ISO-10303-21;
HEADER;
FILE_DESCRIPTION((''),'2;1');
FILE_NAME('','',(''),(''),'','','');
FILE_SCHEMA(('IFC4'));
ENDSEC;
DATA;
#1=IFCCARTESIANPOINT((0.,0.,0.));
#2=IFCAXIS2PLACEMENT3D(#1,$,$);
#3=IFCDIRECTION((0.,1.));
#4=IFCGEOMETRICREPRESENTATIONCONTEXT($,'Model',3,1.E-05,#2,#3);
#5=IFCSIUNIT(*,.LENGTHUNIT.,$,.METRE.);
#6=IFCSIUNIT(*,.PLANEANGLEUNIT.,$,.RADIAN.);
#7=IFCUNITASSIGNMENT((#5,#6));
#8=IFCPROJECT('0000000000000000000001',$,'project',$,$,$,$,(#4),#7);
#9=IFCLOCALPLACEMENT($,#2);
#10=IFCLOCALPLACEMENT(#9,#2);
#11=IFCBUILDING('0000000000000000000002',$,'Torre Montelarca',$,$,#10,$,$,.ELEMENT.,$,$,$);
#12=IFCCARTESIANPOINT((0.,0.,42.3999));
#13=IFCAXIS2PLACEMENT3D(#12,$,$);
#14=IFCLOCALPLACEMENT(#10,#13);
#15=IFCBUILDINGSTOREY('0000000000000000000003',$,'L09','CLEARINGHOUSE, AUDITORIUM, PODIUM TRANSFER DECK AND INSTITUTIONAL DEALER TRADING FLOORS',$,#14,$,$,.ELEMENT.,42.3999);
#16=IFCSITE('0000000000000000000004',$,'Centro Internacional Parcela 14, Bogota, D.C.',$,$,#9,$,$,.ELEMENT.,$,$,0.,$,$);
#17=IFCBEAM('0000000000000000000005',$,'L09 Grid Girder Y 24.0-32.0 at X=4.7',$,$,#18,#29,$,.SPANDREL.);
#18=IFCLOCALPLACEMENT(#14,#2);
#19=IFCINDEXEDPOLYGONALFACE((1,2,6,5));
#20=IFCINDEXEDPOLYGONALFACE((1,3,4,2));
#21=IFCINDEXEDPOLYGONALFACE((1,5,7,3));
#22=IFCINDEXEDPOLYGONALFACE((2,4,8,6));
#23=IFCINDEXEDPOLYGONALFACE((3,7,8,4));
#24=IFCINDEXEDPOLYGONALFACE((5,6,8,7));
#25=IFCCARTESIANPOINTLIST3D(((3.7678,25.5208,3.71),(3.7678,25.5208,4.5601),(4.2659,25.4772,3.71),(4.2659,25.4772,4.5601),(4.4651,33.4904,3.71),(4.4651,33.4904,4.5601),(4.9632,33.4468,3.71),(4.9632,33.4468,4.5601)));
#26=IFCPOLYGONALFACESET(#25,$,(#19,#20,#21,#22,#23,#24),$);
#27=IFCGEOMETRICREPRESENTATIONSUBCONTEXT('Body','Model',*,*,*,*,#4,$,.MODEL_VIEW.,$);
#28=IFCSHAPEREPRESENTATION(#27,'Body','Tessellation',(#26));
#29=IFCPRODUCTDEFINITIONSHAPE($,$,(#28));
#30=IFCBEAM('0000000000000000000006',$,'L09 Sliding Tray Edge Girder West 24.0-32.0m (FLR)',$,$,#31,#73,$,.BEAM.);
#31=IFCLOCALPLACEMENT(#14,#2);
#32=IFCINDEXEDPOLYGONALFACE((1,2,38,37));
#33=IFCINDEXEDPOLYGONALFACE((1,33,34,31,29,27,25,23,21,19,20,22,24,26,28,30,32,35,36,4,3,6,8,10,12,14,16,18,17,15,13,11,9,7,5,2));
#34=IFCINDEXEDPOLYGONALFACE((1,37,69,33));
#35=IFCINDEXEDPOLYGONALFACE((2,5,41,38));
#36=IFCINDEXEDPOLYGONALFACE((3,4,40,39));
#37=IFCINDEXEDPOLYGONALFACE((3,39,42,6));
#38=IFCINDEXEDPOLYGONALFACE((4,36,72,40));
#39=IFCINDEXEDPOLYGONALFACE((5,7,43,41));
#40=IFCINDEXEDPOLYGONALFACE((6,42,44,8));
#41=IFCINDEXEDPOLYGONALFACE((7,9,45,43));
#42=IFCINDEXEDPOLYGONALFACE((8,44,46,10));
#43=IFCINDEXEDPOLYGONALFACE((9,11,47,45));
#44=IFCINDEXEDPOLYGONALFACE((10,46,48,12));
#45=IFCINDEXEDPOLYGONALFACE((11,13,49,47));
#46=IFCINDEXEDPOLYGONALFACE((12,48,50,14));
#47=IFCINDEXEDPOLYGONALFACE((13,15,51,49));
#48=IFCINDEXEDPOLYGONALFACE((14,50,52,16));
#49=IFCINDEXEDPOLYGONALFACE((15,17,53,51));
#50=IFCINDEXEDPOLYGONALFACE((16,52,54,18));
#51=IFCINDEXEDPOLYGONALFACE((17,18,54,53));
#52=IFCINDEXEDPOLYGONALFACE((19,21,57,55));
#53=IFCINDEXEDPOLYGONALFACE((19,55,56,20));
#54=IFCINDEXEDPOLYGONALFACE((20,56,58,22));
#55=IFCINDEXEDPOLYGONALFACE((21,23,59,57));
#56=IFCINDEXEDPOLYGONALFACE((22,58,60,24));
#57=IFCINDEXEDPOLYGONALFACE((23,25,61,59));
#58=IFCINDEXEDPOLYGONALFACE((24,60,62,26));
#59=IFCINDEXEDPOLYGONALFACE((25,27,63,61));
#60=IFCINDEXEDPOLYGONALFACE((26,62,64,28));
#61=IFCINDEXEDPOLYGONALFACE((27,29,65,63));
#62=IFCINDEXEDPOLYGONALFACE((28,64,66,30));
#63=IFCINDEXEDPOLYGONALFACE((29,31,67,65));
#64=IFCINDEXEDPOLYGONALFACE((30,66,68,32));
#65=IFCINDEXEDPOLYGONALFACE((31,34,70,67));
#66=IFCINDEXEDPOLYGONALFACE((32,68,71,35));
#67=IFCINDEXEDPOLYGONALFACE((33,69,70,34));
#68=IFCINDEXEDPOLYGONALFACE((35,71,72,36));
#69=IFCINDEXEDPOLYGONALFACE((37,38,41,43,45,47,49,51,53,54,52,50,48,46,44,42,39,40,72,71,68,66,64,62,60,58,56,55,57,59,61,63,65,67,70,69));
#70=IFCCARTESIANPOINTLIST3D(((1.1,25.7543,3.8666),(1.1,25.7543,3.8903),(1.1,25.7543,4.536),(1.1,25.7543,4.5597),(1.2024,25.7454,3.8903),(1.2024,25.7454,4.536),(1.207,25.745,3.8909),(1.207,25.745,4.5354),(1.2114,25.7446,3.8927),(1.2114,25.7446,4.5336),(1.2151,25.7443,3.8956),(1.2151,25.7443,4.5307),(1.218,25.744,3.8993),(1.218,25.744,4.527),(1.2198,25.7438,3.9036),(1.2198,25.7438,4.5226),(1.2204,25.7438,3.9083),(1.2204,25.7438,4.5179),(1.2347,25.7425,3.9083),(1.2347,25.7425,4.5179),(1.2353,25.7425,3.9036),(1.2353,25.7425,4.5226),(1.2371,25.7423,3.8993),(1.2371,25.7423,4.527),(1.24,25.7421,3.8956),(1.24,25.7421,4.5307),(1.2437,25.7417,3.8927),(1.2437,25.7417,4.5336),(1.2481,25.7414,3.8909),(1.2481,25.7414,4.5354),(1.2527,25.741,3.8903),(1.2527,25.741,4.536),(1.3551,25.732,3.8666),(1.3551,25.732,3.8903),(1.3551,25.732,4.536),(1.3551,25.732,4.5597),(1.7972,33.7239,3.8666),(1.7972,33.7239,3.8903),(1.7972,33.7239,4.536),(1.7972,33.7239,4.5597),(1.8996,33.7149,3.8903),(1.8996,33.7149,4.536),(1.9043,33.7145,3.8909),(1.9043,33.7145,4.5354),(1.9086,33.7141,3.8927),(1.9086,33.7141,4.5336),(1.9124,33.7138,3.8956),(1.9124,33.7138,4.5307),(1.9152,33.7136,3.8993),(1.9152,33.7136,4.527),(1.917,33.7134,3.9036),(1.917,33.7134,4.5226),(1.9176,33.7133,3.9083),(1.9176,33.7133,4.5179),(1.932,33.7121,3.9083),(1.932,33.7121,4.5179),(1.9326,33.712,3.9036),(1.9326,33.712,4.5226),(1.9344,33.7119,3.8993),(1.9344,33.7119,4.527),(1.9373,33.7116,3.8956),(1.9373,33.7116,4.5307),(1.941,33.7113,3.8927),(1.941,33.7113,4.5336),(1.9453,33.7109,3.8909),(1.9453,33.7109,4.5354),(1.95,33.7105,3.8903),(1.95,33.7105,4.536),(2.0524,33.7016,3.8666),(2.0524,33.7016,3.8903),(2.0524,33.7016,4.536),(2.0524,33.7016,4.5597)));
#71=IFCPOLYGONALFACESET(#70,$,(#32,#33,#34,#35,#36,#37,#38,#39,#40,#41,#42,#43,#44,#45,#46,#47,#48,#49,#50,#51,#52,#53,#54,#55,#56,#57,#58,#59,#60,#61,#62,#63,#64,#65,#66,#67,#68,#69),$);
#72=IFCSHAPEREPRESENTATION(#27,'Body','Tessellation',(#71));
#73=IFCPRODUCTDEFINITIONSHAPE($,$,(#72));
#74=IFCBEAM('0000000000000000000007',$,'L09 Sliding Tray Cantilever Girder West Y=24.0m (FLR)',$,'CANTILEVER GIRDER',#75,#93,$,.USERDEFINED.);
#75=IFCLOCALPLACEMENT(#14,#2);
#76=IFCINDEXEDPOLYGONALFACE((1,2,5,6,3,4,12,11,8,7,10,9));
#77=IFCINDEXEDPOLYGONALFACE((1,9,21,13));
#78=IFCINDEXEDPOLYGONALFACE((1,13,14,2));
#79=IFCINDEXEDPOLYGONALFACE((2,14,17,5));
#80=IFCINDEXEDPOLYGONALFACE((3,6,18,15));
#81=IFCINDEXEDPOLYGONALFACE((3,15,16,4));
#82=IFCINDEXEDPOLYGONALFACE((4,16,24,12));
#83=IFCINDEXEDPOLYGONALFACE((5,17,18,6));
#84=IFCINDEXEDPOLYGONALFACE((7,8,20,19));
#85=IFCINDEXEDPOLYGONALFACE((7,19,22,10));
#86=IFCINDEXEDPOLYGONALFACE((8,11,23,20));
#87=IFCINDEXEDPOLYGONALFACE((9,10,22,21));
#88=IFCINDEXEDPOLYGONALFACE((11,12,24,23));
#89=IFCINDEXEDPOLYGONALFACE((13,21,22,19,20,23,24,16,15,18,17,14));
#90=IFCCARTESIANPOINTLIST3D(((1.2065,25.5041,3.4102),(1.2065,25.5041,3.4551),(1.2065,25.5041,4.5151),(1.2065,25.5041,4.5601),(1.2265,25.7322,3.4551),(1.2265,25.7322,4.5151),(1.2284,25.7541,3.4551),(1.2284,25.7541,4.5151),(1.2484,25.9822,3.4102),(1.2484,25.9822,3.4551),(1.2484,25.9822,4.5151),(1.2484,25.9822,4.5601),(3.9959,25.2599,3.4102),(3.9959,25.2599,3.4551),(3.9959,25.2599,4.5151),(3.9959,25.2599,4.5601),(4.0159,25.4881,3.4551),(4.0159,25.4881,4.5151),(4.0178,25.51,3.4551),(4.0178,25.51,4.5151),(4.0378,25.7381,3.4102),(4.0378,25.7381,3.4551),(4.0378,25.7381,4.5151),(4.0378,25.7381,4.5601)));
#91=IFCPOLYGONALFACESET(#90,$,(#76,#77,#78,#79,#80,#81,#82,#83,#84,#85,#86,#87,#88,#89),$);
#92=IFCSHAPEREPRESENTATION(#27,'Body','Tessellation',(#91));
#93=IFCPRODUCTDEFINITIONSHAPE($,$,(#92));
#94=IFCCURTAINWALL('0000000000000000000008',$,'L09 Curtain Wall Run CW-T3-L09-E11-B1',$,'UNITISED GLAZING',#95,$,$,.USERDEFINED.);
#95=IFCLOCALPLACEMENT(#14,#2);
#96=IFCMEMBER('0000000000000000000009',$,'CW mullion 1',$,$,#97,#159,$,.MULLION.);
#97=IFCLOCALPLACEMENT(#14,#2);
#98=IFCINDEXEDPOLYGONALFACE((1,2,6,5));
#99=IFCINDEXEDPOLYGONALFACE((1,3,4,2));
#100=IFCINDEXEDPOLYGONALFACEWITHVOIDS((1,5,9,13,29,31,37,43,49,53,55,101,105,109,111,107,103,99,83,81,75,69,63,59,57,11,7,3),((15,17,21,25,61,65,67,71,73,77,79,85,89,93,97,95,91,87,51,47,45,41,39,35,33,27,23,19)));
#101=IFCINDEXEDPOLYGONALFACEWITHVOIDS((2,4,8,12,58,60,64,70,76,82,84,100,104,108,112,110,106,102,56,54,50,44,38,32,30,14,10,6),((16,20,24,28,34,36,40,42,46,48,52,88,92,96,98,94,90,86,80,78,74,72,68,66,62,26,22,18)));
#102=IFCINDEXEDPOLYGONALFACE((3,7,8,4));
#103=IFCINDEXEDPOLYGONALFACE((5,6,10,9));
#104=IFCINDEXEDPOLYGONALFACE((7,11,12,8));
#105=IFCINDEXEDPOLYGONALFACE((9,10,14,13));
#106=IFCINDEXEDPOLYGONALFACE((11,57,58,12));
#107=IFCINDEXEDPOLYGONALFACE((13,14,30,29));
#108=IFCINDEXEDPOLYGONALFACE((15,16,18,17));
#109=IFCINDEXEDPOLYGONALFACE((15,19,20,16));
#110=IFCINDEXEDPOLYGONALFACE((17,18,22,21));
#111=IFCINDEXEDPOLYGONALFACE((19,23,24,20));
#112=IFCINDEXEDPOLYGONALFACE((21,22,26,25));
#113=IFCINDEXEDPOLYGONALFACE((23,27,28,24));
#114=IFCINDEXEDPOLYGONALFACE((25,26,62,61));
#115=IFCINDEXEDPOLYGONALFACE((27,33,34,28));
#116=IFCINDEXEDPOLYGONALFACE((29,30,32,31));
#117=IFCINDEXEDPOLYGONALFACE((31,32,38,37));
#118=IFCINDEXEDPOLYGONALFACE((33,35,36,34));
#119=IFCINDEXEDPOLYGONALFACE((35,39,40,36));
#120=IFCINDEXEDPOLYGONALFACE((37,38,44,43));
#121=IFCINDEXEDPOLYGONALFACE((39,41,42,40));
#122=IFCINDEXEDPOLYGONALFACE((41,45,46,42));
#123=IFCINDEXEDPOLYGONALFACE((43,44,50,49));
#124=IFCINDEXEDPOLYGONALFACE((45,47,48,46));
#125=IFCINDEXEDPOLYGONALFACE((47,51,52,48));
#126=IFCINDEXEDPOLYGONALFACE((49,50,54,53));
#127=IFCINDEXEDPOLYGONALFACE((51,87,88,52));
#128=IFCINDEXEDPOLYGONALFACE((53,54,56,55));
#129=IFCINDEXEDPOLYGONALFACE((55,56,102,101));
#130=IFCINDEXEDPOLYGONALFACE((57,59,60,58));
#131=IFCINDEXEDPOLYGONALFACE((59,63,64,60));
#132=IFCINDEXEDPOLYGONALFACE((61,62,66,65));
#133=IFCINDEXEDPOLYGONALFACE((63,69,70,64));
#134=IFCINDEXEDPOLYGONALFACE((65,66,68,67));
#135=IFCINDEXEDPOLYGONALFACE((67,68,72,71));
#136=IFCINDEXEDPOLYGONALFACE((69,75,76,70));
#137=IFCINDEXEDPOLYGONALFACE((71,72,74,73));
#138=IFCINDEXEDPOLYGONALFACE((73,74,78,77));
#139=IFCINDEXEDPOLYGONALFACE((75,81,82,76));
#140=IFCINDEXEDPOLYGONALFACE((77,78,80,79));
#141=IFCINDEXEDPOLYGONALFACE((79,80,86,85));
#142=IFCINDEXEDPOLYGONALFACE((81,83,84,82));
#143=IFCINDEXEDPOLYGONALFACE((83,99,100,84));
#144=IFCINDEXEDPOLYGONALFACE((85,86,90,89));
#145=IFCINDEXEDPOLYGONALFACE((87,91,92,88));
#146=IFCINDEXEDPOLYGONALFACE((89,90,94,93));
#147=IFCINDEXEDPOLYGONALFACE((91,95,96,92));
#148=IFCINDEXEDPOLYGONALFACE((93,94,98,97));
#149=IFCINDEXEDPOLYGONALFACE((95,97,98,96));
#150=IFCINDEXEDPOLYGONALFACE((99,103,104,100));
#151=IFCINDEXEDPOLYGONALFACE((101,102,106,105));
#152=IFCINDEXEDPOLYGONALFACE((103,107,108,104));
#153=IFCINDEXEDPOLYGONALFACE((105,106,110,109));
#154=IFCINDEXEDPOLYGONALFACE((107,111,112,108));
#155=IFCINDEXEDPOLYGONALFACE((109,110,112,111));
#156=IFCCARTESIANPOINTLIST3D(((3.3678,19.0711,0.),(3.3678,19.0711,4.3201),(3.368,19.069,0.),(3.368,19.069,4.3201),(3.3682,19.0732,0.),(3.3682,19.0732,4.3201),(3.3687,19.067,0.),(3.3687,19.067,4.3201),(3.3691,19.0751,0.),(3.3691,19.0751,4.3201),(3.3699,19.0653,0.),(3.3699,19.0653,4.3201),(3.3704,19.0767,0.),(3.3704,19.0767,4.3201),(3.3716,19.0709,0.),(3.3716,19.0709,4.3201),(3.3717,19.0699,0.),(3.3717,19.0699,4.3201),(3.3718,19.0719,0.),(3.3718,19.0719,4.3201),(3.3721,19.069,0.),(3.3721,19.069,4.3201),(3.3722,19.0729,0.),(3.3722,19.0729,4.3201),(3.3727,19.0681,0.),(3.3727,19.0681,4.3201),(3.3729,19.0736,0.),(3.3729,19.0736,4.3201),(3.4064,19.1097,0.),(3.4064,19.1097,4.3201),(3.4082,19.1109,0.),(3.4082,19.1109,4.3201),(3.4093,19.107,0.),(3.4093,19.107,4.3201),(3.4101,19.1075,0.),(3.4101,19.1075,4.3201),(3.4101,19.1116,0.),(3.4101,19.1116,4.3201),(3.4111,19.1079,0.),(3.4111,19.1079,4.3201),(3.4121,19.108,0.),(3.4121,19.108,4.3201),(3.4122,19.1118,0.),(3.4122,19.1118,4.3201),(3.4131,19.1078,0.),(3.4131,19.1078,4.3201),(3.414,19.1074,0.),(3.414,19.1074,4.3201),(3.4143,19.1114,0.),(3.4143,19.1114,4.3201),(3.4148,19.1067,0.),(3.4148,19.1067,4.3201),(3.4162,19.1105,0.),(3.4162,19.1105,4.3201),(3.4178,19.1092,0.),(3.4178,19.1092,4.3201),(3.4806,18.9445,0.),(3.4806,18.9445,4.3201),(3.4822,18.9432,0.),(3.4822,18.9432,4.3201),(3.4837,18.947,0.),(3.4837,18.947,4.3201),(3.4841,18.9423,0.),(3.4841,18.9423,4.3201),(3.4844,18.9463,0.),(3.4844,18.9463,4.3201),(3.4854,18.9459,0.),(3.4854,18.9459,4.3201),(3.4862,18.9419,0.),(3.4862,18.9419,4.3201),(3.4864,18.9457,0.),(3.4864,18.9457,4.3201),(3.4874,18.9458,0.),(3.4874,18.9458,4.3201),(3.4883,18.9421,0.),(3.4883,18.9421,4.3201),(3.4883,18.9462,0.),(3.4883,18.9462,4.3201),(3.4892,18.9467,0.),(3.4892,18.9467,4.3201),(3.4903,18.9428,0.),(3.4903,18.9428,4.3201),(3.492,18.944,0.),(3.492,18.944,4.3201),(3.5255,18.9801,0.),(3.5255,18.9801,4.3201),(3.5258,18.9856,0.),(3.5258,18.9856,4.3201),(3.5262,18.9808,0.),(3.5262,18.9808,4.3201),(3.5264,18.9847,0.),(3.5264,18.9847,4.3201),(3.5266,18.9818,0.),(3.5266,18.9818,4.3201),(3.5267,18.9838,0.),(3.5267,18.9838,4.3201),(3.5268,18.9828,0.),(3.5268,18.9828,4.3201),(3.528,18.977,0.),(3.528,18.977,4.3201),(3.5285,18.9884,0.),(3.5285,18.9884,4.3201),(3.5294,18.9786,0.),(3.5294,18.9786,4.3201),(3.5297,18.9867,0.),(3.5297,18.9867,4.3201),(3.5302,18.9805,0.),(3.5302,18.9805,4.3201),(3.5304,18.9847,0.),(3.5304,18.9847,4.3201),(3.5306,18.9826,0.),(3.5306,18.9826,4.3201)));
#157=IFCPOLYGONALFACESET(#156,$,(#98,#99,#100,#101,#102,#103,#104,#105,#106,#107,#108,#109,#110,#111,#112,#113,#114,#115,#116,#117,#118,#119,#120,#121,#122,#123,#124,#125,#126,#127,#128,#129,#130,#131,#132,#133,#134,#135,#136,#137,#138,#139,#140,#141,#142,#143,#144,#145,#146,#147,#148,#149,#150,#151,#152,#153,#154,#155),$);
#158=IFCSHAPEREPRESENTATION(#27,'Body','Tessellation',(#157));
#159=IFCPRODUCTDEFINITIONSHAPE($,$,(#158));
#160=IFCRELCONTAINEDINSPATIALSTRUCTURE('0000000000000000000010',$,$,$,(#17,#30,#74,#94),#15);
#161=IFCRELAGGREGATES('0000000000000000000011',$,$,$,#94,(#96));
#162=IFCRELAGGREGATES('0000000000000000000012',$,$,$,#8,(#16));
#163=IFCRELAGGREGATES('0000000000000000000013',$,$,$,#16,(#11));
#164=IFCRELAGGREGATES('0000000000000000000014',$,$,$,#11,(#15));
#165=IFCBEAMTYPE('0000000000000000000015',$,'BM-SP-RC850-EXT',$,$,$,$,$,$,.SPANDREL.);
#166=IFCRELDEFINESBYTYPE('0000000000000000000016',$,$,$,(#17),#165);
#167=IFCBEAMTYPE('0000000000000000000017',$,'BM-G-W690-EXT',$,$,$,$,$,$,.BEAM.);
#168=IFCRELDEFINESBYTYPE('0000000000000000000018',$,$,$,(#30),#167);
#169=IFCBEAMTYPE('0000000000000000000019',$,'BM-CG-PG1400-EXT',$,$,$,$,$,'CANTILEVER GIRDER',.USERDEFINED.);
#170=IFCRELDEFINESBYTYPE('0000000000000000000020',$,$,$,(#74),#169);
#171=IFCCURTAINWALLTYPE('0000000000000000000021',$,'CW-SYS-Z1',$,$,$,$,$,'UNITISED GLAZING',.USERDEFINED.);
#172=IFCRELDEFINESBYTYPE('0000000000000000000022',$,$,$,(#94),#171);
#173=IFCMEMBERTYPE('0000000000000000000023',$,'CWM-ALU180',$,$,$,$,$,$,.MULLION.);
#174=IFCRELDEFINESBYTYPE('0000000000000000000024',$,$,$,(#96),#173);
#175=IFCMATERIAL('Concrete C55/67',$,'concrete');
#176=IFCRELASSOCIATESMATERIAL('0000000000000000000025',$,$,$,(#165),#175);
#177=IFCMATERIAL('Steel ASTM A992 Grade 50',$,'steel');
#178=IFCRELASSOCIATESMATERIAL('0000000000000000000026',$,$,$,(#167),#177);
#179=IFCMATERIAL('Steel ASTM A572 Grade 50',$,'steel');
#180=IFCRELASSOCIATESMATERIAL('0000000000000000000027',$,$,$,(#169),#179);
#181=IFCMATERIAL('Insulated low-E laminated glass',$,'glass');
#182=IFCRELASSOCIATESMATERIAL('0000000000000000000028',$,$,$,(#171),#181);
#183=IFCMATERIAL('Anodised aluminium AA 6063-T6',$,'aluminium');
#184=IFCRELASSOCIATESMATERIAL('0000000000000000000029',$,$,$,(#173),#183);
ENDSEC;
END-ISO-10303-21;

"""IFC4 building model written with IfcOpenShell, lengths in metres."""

from ifc_helpers import new_model, si_unit, direction, frame, origin, origin_2d, place, context, subcontext, project, spatial, rectangle, hollow_rectangle, i_section, extrude, source, transform, mapped, material, material_profile, profile_set, type_object, element, aggregate, save


model = new_model("IFC4")

# Units and contexts
model_context = context("Model", 3, precision=1e-05, world=origin(), true_north=direction((0.0, 1.0)))
body_context = subcontext(model_context, "Body", "Model", "MODEL_VIEW")
ifc_project = project(units=[si_unit("LENGTHUNIT", "METRE"), si_unit("PLANEANGLEUNIT", "RADIAN")], contexts=[model_context])

# Site, building, storey
site_placement = place(None, origin())
site = spatial("IfcSite", under=ifc_project, at=site_placement, Name="Centro Internacional Parcela 14, Bogota, D.C.", CompositionType="ELEMENT", RefElevation=0.0)
building_placement = place(site_placement, origin())
building = spatial("IfcBuilding", under=site, at=building_placement, Name="Torre Montelarca", CompositionType="ELEMENT")
storey_placement = place(building_placement, frame((0.0, 0.0, 42.3999)))
storey = spatial("IfcBuildingStorey", under=building, at=storey_placement, Name="L09", Description="CLEARINGHOUSE, AUDITORIUM, PODIUM TRANSFER DECK AND INSTITUTIONAL DEALER TRADING FLOORS", CompositionType="ELEMENT", Elevation=42.3999)

# Beams
ifc_material_1 = material(Name="Concrete C55/67", Category="concrete")
ifc_material_profile_1 = material_profile(ifc_material_1, rectangle(XDim=0.5, YDim=0.8501, at=origin_2d()), Name="RCB500X850", Category="concrete")
ifc_profile_set_1 = profile_set([ifc_material_profile_1], Name="Concrete C55/67")
beam_type_1 = type_object("IfcBeamType", Name="BM-SP-RC850-EXT", PredefinedType="SPANDREL", material=ifc_profile_set_1)
shared_shape_1 = source(origin(), body_context, "Body", "SweptSolid", [
    extrude(rectangle(XDim=0.5, YDim=0.8501, at=origin_2d()), origin(), (0.0, 0.0, 1.0), 8.0),
])
beam_1_placement = place(storey_placement, frame((4.0168, 25.499, 4.135), z_axis=(0.087159, 0.996194, 0.0), x_axis=(-0.996194, 0.087159, 0.0)))
element("IfcBeam", 1, at=beam_1_placement, inside=storey, type_object=beam_type_1, Name="L09 Grid Girder Y 24.0-32.0 at X=4.7", PredefinedType="SPANDREL", context=body_context, shape_type="MappedRepresentation", body=[
    mapped(shared_shape_1, transform((0.0, 0.0, 0.0), scale=1.0)),
])
ifc_material_2 = material(Name="Steel ASTM A992 Grade 50", Category="steel")
ifc_material_profile_2 = material_profile(ifc_material_2, i_section(OverallWidth=0.2561, OverallDepth=0.6931, WebThickness=0.0144, FlangeThickness=0.0237, FilletRadius=0.0181, at=origin_2d()), Name="W690X170", Category="steel")
ifc_profile_set_2 = profile_set([ifc_material_profile_2], Name="Steel ASTM A992 Grade 50")
beam_type_2 = type_object("IfcBeamType", Name="BM-G-W690-EXT", PredefinedType="BEAM", material=ifc_profile_set_2)
shared_shape_2 = source(origin(), body_context, "Body", "SweptSolid", [
    extrude(i_section(OverallWidth=0.2561, OverallDepth=0.6931, WebThickness=0.0144, FlangeThickness=0.0237, FilletRadius=0.0181, at=origin_2d()), origin(), (0.0, 0.0, 1.0), 8.0),
])
beam_2_placement = place(storey_placement, frame((1.2275, 25.7432, 4.2131), z_axis=(0.087159, 0.996194, 0.0), x_axis=(-0.996194, 0.087159, 0.0)))
element("IfcBeam", 2, at=beam_2_placement, inside=storey, type_object=beam_type_2, Name="L09 Sliding Tray Edge Girder West 24.0-32.0m (FLR)", PredefinedType="BEAM", context=body_context, shape_type="MappedRepresentation", body=[
    mapped(shared_shape_2, transform((0.0, 0.0, 0.0), scale=1.0)),
])
ifc_material_3 = material(Name="Steel ASTM A572 Grade 50", Category="steel")
ifc_material_profile_3 = material_profile(ifc_material_3, i_section(OverallWidth=0.48, OverallDepth=1.1499, WebThickness=0.022, FlangeThickness=0.0449, at=origin_2d()), Name="PG1150X480X22X45", Category="steel")
ifc_profile_set_3 = profile_set([ifc_material_profile_3], Name="Steel ASTM A572 Grade 50")
beam_type_3 = type_object("IfcBeamType", Name="BM-CG-PG1400-EXT", ElementType="CANTILEVER GIRDER", PredefinedType="USERDEFINED", material=ifc_profile_set_3)
shared_shape_3 = source(origin(), body_context, "Body", "SweptSolid", [
    extrude(i_section(OverallWidth=0.48, OverallDepth=1.1499, WebThickness=0.022, FlangeThickness=0.0449, at=origin_2d()), origin(), (0.0, 0.0, 1.0), 2.8),
])
beam_3_placement = place(storey_placement, frame((4.0168, 25.499, 3.9851), z_axis=(-0.996191, 0.087194, 0.0), x_axis=(-0.087194, -0.996191, 0.0)))
element("IfcBeam", 3, at=beam_3_placement, inside=storey, type_object=beam_type_3, Name="L09 Sliding Tray Cantilever Girder West Y=24.0m (FLR)", ObjectType="CANTILEVER GIRDER", PredefinedType="USERDEFINED", context=body_context, shape_type="MappedRepresentation", body=[
    mapped(shared_shape_3, transform((0.0, 0.0, 0.0), scale=1.0)),
])

# Curtain wall, member
ifc_material_4 = material(Name="Insulated low-E laminated glass", Category="glass")
curtain_wall_type = type_object("IfcCurtainWallType", Name="CW-SYS-Z1", ElementType="UNITISED GLAZING", PredefinedType="USERDEFINED", material=ifc_material_4)
curtain_wall_1_placement = place(storey_placement, origin())
curtain_wall_1 = element("IfcCurtainWall", 4, at=curtain_wall_1_placement, inside=storey, type_object=curtain_wall_type, Name="L09 Curtain Wall Run CW-T3-L09-E11-B1", ObjectType="UNITISED GLAZING", PredefinedType="USERDEFINED")
ifc_material_5 = material(Name="Anodised aluminium AA 6063-T6", Category="aluminium")
ifc_material_profile_4 = material_profile(ifc_material_5, hollow_rectangle(XDim=0.0649, YDim=0.1799, WallThickness=0.0039, InnerFilletRadius=0.0039, OuterFilletRadius=0.0081, at=origin_2d()), Name="ALU65X180X4", Category="aluminium")
ifc_profile_set_4 = profile_set([ifc_material_profile_4], Name="Anodised aluminium AA 6063-T6")
member_type_1 = type_object("IfcMemberType", Name="CWM-ALU180", PredefinedType="MULLION", material=ifc_profile_set_4)
shared_shape_4 = source(origin(), body_context, "Body", "SweptSolid", [
    extrude(hollow_rectangle(XDim=0.0649, YDim=0.1799, WallThickness=0.0039, InnerFilletRadius=0.0039, OuterFilletRadius=0.0081, at=origin_2d()), origin(), (0.0, 0.0, 1.0), 4.3201),
])
member_1_placement = place(storey_placement, frame((3.4492, 19.0269, 0.0), z_axis=(0.0, 0.0, 1.0), x_axis=(0.737284, 0.675583, 0.0)))
member_1 = element("IfcMember", 5, at=member_1_placement, type_object=member_type_1, Name="CW mullion 1", PredefinedType="MULLION", context=body_context, shape_type="MappedRepresentation", body=[
    mapped(shared_shape_4, transform((0.0, 0.0, 0.0), scale=1.0)),
])

aggregate(curtain_wall_1, [member_1])

save(model, "model.ifc")
